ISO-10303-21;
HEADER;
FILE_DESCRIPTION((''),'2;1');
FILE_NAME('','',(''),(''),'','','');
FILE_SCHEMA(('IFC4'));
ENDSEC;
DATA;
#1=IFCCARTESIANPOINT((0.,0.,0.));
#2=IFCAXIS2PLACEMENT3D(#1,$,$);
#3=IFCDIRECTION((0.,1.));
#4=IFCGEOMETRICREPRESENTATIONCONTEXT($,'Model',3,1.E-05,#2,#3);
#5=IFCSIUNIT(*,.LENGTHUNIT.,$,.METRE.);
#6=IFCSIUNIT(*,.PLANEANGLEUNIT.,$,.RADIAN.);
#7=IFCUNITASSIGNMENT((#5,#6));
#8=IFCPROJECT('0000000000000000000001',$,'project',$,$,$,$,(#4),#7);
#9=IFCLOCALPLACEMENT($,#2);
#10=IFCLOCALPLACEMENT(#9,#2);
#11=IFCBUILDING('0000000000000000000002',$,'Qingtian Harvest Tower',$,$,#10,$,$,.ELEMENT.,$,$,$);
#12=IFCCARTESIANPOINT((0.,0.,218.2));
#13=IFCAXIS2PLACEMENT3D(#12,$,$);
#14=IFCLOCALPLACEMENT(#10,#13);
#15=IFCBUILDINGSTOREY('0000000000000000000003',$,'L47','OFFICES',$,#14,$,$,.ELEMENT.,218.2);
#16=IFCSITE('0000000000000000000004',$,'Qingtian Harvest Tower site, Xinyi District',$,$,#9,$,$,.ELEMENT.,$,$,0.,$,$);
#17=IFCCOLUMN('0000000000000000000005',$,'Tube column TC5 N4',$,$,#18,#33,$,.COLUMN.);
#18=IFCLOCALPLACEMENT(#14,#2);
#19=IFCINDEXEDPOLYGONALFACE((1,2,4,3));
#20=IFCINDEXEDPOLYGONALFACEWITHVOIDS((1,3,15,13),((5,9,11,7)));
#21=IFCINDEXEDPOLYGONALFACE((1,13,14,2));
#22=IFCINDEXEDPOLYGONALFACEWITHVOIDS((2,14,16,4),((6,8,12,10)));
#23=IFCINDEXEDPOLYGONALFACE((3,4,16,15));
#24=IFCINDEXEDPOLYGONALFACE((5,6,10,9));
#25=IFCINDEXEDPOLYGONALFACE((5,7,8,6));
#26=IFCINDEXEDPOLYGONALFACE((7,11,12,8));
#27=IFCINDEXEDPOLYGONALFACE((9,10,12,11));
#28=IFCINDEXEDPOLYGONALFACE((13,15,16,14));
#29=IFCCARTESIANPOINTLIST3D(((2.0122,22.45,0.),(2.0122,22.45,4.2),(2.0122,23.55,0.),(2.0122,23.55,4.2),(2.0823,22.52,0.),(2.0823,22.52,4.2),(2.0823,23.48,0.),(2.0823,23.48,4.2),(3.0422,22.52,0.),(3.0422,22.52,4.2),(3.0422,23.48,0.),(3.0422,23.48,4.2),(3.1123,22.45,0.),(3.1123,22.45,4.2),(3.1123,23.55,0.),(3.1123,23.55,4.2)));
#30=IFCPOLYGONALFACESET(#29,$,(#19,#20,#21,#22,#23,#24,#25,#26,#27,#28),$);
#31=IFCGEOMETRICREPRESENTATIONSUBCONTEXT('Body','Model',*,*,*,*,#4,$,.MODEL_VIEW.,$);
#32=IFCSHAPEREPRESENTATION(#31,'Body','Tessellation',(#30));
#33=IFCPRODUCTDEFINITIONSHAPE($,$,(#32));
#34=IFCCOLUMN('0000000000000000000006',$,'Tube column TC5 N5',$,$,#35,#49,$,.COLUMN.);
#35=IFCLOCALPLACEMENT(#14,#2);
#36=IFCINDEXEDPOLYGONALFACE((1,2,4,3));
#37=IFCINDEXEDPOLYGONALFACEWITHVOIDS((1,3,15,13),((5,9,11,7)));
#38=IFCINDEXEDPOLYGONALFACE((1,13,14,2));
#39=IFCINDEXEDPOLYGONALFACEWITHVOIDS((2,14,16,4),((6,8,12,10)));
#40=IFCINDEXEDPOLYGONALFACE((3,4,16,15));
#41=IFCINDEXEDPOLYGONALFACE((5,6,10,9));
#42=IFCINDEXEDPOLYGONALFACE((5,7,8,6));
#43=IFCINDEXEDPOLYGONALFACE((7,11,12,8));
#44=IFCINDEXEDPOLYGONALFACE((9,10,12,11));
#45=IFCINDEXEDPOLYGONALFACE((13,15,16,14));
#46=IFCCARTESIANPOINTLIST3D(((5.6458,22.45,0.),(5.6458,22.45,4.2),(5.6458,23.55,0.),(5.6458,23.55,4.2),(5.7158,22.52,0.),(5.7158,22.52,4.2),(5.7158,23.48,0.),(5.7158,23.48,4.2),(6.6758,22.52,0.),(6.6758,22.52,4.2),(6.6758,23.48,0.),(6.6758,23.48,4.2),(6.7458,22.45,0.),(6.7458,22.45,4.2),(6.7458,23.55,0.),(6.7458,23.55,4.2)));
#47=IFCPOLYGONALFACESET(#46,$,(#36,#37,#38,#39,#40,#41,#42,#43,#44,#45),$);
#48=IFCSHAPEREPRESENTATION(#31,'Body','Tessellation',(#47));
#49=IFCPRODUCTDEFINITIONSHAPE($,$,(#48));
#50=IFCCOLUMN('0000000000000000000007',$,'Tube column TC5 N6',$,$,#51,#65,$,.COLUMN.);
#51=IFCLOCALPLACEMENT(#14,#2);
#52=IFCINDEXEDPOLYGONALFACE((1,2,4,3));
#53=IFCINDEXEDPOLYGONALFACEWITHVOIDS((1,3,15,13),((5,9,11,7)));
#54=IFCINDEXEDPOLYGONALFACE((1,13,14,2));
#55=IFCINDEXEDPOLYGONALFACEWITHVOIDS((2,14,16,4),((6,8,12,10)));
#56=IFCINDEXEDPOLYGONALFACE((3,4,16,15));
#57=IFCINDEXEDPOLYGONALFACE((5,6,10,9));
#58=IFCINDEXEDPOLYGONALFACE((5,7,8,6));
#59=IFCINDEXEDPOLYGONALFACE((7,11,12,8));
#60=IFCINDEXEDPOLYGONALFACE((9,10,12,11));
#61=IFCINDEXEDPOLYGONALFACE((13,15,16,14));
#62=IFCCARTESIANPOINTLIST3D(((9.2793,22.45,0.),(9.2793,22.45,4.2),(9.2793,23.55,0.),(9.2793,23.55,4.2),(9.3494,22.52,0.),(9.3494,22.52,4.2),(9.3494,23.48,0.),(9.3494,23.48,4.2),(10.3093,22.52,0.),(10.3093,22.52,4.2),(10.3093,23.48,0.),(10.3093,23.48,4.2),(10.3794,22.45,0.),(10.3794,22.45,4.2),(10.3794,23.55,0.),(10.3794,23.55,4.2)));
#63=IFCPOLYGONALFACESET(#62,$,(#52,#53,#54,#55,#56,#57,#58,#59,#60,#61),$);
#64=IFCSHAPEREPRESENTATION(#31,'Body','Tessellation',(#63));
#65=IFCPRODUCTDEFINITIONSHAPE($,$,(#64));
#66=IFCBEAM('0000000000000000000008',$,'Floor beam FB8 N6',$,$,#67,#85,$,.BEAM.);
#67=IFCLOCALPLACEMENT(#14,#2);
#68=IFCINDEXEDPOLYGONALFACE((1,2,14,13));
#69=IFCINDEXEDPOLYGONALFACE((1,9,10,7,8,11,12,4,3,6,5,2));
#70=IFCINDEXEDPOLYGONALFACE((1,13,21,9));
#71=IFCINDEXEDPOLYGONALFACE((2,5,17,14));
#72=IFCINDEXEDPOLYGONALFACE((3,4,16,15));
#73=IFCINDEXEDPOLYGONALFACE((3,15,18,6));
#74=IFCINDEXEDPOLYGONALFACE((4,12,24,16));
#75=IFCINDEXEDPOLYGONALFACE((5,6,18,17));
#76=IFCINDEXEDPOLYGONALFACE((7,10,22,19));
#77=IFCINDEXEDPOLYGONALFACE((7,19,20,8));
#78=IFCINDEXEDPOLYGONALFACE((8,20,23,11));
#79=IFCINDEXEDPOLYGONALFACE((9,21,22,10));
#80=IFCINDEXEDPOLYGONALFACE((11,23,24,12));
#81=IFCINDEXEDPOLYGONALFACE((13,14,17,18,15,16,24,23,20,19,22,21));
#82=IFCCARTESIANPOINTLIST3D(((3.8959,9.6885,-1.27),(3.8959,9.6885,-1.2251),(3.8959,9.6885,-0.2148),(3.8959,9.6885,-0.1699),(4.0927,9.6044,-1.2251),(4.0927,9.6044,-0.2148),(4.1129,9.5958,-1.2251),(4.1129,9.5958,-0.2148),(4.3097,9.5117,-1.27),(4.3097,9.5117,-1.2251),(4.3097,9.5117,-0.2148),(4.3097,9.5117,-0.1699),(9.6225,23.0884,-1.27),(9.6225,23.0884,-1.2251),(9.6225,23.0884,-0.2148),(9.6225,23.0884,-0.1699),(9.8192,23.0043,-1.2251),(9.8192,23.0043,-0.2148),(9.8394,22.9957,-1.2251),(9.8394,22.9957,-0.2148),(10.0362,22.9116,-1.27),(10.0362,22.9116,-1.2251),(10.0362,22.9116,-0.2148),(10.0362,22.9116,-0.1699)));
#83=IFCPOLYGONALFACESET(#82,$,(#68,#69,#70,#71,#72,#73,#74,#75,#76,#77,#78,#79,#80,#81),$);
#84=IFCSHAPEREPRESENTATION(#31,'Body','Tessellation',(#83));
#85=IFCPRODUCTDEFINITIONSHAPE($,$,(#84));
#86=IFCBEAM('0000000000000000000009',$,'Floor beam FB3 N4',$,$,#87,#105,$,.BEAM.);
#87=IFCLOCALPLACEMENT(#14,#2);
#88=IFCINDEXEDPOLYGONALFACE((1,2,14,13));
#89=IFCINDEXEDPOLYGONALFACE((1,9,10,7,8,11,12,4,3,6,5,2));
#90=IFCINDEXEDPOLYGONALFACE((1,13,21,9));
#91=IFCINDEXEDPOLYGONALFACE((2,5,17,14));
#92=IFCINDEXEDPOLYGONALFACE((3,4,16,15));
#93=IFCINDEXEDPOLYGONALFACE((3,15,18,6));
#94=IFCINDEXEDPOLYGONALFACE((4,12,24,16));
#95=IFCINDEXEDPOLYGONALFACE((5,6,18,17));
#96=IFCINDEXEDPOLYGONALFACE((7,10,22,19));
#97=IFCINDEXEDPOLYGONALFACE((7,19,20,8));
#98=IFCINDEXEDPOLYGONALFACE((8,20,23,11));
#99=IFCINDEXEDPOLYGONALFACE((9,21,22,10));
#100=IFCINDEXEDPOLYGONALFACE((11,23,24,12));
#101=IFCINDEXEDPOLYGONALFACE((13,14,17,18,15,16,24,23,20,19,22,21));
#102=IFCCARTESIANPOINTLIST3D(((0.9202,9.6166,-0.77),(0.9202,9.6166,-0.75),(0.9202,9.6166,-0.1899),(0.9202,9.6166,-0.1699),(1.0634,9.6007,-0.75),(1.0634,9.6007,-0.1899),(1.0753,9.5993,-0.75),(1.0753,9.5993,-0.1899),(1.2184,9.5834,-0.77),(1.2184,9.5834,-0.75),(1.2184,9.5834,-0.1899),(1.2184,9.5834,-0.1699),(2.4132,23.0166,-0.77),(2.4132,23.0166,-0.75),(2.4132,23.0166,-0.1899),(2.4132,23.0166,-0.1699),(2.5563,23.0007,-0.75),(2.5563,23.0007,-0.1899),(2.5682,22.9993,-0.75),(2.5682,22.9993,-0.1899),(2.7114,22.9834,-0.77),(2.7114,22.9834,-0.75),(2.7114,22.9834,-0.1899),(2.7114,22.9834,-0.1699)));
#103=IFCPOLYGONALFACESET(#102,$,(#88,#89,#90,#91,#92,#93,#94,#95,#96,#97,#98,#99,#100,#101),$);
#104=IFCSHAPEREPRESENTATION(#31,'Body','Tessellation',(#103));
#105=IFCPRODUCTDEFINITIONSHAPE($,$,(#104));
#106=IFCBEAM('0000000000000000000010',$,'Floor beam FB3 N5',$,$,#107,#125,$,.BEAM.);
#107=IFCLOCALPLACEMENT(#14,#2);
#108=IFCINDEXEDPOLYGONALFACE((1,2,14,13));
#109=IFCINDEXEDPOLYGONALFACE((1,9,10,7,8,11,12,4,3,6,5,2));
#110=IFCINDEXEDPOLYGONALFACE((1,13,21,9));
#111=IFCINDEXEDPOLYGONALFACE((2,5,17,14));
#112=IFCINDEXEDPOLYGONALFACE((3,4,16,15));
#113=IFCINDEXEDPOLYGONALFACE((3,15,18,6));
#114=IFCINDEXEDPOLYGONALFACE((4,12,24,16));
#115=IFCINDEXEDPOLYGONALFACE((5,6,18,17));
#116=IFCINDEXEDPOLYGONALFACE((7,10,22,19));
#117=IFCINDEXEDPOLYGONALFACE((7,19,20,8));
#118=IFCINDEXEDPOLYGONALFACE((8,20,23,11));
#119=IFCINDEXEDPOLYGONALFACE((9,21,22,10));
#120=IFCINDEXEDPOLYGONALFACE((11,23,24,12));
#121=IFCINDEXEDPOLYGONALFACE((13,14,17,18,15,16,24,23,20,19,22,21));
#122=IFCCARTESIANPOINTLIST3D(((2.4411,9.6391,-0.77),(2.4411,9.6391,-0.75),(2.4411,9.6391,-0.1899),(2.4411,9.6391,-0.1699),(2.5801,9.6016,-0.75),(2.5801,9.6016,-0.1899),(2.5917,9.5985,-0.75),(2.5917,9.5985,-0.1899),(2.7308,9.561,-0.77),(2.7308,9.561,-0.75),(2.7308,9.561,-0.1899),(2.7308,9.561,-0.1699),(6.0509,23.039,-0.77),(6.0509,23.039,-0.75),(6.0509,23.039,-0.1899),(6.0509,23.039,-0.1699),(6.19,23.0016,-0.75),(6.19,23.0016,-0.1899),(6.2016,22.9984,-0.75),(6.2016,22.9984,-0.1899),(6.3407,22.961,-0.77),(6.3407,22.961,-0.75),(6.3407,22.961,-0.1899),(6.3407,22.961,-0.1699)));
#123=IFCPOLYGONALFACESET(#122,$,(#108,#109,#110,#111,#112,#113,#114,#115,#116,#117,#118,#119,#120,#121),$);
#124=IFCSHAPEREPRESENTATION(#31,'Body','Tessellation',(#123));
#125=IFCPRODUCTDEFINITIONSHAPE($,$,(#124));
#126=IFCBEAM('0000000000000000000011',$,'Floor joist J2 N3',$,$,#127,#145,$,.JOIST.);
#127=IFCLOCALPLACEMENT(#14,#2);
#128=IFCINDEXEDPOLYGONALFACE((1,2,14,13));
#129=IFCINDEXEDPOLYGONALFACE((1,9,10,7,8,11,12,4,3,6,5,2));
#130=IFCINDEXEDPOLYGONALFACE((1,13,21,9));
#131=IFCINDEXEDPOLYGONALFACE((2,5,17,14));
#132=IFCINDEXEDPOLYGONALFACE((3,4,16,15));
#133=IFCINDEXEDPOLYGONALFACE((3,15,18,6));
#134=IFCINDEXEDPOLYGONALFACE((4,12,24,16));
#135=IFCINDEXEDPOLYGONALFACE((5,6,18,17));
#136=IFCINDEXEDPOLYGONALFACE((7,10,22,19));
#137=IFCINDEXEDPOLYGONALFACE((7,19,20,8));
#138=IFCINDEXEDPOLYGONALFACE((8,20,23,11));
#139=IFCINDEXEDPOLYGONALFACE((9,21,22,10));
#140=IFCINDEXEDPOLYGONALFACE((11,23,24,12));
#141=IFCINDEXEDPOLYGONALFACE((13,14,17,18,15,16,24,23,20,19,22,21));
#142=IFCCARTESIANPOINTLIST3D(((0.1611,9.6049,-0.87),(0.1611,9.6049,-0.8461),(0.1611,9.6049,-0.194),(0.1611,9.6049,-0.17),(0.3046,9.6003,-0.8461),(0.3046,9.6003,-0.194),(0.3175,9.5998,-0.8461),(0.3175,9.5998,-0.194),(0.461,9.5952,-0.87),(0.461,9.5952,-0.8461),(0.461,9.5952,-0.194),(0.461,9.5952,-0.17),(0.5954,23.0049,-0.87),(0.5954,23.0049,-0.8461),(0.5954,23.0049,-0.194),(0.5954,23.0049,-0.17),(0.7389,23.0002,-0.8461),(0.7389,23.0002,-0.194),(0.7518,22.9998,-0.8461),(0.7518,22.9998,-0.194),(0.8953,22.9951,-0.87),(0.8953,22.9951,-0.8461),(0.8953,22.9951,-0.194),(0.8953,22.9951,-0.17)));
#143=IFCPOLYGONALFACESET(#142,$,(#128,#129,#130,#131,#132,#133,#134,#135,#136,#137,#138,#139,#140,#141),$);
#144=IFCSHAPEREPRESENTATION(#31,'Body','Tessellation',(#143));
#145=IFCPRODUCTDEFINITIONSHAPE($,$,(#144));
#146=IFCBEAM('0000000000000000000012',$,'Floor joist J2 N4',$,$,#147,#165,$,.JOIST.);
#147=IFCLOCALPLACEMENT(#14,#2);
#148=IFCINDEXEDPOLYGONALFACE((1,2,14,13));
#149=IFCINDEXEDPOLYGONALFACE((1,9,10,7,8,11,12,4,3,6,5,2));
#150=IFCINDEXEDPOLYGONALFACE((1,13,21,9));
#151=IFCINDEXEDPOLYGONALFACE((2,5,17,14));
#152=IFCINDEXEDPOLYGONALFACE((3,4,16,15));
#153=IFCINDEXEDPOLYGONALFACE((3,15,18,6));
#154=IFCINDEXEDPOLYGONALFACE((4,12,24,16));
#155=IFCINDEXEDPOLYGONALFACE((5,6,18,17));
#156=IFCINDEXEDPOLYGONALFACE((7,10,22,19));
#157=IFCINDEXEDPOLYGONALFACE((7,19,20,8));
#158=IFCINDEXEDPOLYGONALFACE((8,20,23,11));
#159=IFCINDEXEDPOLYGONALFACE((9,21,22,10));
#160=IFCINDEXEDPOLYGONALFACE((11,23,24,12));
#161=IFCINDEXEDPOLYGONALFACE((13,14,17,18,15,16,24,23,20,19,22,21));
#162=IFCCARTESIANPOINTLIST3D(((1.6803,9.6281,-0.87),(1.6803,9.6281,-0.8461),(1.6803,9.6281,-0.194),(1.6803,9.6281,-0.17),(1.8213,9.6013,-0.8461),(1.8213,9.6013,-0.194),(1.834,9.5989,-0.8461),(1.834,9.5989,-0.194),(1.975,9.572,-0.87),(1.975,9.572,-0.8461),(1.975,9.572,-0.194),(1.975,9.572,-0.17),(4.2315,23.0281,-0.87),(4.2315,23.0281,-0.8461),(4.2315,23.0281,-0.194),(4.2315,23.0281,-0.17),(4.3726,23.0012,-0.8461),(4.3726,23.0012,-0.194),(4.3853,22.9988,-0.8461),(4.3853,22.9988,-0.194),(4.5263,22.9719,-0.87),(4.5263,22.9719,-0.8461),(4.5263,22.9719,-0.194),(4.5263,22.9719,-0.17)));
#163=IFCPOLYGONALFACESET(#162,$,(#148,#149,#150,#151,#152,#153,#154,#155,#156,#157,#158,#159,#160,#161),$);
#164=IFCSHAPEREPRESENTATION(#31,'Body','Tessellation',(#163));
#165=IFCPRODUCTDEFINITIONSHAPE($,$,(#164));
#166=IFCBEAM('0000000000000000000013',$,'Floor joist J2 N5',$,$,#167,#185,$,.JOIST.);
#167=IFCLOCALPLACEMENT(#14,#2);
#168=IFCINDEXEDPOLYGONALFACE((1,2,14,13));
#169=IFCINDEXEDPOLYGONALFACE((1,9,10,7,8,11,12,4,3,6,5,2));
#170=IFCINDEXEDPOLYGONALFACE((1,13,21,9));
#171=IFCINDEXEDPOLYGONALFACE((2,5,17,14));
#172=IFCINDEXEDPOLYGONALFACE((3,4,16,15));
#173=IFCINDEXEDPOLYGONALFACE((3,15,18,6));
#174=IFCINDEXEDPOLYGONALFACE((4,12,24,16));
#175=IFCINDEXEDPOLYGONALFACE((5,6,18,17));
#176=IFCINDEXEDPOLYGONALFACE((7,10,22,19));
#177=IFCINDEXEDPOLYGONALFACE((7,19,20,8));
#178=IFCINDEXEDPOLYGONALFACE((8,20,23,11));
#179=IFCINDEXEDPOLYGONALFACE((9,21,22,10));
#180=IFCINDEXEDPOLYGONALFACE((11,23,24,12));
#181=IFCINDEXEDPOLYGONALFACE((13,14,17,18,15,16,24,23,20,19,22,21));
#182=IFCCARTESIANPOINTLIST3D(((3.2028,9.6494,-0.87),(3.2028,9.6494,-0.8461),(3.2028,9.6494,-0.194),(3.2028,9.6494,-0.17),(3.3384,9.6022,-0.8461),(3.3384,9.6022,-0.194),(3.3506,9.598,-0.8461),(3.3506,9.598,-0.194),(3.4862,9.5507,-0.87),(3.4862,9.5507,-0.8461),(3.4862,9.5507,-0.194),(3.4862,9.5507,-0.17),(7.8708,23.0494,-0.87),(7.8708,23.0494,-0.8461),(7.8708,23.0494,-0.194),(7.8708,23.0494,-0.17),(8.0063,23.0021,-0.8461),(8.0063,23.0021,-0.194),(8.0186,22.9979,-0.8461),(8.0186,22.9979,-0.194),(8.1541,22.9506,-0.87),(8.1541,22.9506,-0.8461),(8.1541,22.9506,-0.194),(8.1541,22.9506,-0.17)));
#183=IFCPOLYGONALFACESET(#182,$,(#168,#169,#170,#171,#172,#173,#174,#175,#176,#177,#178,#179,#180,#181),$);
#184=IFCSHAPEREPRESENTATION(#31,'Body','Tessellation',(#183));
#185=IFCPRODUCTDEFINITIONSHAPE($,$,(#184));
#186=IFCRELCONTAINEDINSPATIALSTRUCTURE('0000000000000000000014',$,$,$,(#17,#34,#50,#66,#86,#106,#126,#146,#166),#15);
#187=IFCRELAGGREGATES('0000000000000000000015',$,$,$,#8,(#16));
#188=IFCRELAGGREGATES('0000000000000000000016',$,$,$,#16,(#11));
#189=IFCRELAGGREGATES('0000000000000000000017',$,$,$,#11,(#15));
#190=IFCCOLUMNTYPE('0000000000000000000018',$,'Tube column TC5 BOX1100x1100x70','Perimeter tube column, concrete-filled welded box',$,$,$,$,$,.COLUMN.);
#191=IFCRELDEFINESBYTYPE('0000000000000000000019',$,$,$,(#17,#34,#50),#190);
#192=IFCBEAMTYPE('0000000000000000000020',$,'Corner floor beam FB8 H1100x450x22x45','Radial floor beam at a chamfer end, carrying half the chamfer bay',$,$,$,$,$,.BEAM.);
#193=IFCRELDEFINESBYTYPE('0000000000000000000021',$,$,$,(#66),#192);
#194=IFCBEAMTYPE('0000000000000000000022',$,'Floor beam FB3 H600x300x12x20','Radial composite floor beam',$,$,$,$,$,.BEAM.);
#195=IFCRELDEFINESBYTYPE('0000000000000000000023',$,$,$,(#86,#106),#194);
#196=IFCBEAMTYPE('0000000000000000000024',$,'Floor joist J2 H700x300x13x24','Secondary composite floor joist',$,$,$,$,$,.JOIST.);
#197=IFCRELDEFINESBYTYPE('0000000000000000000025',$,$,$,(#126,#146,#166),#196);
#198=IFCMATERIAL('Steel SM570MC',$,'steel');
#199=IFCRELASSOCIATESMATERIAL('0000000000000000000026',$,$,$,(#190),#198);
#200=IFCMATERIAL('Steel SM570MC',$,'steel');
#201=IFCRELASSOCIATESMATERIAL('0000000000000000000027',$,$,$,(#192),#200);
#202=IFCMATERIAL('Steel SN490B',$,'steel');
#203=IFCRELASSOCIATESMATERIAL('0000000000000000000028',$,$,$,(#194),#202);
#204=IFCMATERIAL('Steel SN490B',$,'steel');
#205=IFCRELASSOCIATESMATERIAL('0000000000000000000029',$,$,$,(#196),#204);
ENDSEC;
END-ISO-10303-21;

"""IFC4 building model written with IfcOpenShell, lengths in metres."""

from ifc_helpers import new_model, si_unit, direction, frame, origin, origin_2d, place, context, subcontext, project, spatial, hollow_rectangle, i_section, extrude, material, material_profile, profile_set, type_object, element, save


model = new_model("IFC4")

# Units and contexts
model_context = context("Model", 3, precision=1e-05, world=origin(), true_north=direction((0.0, 1.0)))
body_context = subcontext(model_context, "Body", "Model", "MODEL_VIEW")
ifc_project = project(units=[si_unit("LENGTHUNIT", "METRE"), si_unit("PLANEANGLEUNIT", "RADIAN")], contexts=[model_context])

# Site, building, storey
site_placement = place(None, origin())
site = spatial("IfcSite", under=ifc_project, at=site_placement, Name="Qingtian Harvest Tower site, Xinyi District", CompositionType="ELEMENT", RefElevation=0.0)
building_placement = place(site_placement, origin())
building = spatial("IfcBuilding", under=site, at=building_placement, Name="Qingtian Harvest Tower", CompositionType="ELEMENT")
storey_placement = place(building_placement, frame((0.0, 0.0, 218.2)))
storey = spatial("IfcBuildingStorey", under=building, at=storey_placement, Name="L47", Description="OFFICES", CompositionType="ELEMENT", Elevation=218.2)

# Columns
ifc_material_1 = material(Name="Steel SM570MC", Category="steel")
ifc_material_profile_1 = material_profile(ifc_material_1, hollow_rectangle(XDim=1.1001, YDim=1.1001, WallThickness=0.0701, at=origin_2d()), Name="BOX1100x1100x70")
ifc_profile_set_1 = profile_set([ifc_material_profile_1], Name="Steel SM570MC")
column_type = type_object("IfcColumnType", Name="Tube column TC5 BOX1100x1100x70", Description="Perimeter tube column, concrete-filled welded box", PredefinedType="COLUMN", material=ifc_profile_set_1)
for number, where, z_axis, x_axis, name in (
    (1, (2.5623, 23.0, 0.0), (0.0, 0.0, 1.0), (-1.0, 0.0, 0.0), "Tube column TC5 N4"),
    (2, (6.1958, 23.0, 0.0), (0.0, 0.0, 1.0), (-1.0, 0.0, 0.0), "Tube column TC5 N5"),
    (3, (9.8293, 23.0, 0.0), (0.0, 0.0, 1.0), (-1.0, 0.0, 0.0), "Tube column TC5 N6"),
):
    element("IfcColumn", number, at=place(storey_placement, frame(where, z_axis=z_axis, x_axis=x_axis)), inside=storey, type_object=column_type, Name=name, PredefinedType="COLUMN", context=body_context, shape_type="SweptSolid", body=[
        extrude(hollow_rectangle(XDim=1.1001, YDim=1.1001, WallThickness=0.0701, at=origin_2d()), origin(), (0.0, 0.0, 1.0), 4.2),
    ])

# Beams
ifc_material_2 = material(Name="Steel SM570MC", Category="steel")
ifc_material_profile_2 = material_profile(ifc_material_2, i_section(OverallWidth=0.45, OverallDepth=1.1001, WebThickness=0.022, FlangeThickness=0.0449, at=origin_2d()), Name="H1100x450x22x45")
ifc_profile_set_2 = profile_set([ifc_material_profile_2], Name="Steel SM570MC")
beam_type_1 = type_object("IfcBeamType", Name="Corner floor beam FB8 H1100x450x22x45", Description="Radial floor beam at a chamfer end, carrying half the chamfer bay", PredefinedType="BEAM", material=ifc_profile_set_2)
beam_1_placement = place(storey_placement, frame((9.8293, 23.0, -0.72), z_axis=(-0.392977, -0.919548, 0.0), x_axis=(0.919548, -0.392977, 0.0)))
element("IfcBeam", 4, at=beam_1_placement, inside=storey, type_object=beam_type_1, Name="Floor beam FB8 N6", PredefinedType="BEAM", context=body_context, shape_type="SweptSolid", body=[
    extrude(i_section(OverallWidth=0.45, OverallDepth=1.1001, WebThickness=0.022, FlangeThickness=0.0449, at=origin_2d()), origin(), (0.0, 0.0, 1.0), 14.5723),
])
ifc_material_3 = material(Name="Steel SN490B", Category="steel")
ifc_material_profile_3 = material_profile(ifc_material_3, i_section(OverallWidth=0.3, OverallDepth=0.6001, WebThickness=0.012, FlangeThickness=0.02, at=origin_2d()), Name="H600x300x12x20")
ifc_profile_set_3 = profile_set([ifc_material_profile_3], Name="Steel SN490B")
beam_type_2 = type_object("IfcBeamType", Name="Floor beam FB3 H600x300x12x20", Description="Radial composite floor beam", PredefinedType="BEAM", material=ifc_profile_set_3)
beam_2_placement = place(storey_placement, frame((2.5623, 23.0, -0.47), z_axis=(-0.110728, -0.993851, 0.0), x_axis=(0.993851, -0.110728, 0.0)))
element("IfcBeam", 5, at=beam_2_placement, inside=storey, type_object=beam_type_2, Name="Floor beam FB3 N4", PredefinedType="BEAM", context=body_context, shape_type="SweptSolid", body=[
    extrude(i_section(OverallWidth=0.3, OverallDepth=0.6001, WebThickness=0.012, FlangeThickness=0.02, at=origin_2d()), origin(), (0.0, 0.0, 1.0), 13.4829),
])
beam_3_placement = place(storey_placement, frame((6.1958, 23.0, -0.47), z_axis=(-0.260121, -0.965576, 0.0), x_axis=(0.965576, -0.260121, 0.0)))
element("IfcBeam", 6, at=beam_3_placement, inside=storey, type_object=beam_type_2, Name="Floor beam FB3 N5", PredefinedType="BEAM", context=body_context, shape_type="SweptSolid", body=[
    extrude(i_section(OverallWidth=0.3, OverallDepth=0.6001, WebThickness=0.012, FlangeThickness=0.02, at=origin_2d()), origin(), (0.0, 0.0, 1.0), 13.8777),
])
ifc_material_4 = material(Name="Steel SN490B", Category="steel")
ifc_material_profile_4 = material_profile(ifc_material_4, i_section(OverallWidth=0.3, OverallDepth=0.7, WebThickness=0.0129, FlangeThickness=0.0239, at=origin_2d()), Name="H700x300x13x24")
ifc_profile_set_4 = profile_set([ifc_material_profile_4], Name="Steel SN490B")
beam_type_3 = type_object("IfcBeamType", Name="Floor joist J2 H700x300x13x24", Description="Secondary composite floor joist", PredefinedType="JOIST", material=ifc_profile_set_4)
beam_4_placement = place(storey_placement, frame((0.7454, 23.0, -0.52), z_axis=(-0.032396, -0.999475, 0.0), x_axis=(0.999475, -0.032396, 0.0)))
element("IfcBeam", 7, at=beam_4_placement, inside=storey, type_object=beam_type_3, Name="Floor joist J2 N3", PredefinedType="JOIST", context=body_context, shape_type="SweptSolid", body=[
    extrude(i_section(OverallWidth=0.3, OverallDepth=0.7, WebThickness=0.0129, FlangeThickness=0.0239, at=origin_2d()), origin(), (0.0, 0.0, 1.0), 13.407),
])
beam_5_placement = place(storey_placement, frame((4.3789, 23.0, -0.52), z_axis=(-0.187035, -0.982353, 0.0), x_axis=(0.982353, -0.187035, 0.0)))
element("IfcBeam", 8, at=beam_5_placement, inside=storey, type_object=beam_type_3, Name="Floor joist J2 N4", PredefinedType="JOIST", context=body_context, shape_type="SweptSolid", body=[
    extrude(i_section(OverallWidth=0.3, OverallDepth=0.7, WebThickness=0.0129, FlangeThickness=0.0239, at=origin_2d()), origin(), (0.0, 0.0, 1.0), 13.6406),
])
beam_6_placement = place(storey_placement, frame((8.0125, 23.0, -0.52), z_axis=(-0.328969, -0.944341, 0.0), x_axis=(0.944341, -0.328969, 0.0)))
element("IfcBeam", 9, at=beam_6_placement, inside=storey, type_object=beam_type_3, Name="Floor joist J2 N5", PredefinedType="JOIST", context=body_context, shape_type="SweptSolid", body=[
    extrude(i_section(OverallWidth=0.3, OverallDepth=0.7, WebThickness=0.0129, FlangeThickness=0.0239, at=origin_2d()), origin(), (0.0, 0.0, 1.0), 14.1897),
])

save(model, "model.ifc")
